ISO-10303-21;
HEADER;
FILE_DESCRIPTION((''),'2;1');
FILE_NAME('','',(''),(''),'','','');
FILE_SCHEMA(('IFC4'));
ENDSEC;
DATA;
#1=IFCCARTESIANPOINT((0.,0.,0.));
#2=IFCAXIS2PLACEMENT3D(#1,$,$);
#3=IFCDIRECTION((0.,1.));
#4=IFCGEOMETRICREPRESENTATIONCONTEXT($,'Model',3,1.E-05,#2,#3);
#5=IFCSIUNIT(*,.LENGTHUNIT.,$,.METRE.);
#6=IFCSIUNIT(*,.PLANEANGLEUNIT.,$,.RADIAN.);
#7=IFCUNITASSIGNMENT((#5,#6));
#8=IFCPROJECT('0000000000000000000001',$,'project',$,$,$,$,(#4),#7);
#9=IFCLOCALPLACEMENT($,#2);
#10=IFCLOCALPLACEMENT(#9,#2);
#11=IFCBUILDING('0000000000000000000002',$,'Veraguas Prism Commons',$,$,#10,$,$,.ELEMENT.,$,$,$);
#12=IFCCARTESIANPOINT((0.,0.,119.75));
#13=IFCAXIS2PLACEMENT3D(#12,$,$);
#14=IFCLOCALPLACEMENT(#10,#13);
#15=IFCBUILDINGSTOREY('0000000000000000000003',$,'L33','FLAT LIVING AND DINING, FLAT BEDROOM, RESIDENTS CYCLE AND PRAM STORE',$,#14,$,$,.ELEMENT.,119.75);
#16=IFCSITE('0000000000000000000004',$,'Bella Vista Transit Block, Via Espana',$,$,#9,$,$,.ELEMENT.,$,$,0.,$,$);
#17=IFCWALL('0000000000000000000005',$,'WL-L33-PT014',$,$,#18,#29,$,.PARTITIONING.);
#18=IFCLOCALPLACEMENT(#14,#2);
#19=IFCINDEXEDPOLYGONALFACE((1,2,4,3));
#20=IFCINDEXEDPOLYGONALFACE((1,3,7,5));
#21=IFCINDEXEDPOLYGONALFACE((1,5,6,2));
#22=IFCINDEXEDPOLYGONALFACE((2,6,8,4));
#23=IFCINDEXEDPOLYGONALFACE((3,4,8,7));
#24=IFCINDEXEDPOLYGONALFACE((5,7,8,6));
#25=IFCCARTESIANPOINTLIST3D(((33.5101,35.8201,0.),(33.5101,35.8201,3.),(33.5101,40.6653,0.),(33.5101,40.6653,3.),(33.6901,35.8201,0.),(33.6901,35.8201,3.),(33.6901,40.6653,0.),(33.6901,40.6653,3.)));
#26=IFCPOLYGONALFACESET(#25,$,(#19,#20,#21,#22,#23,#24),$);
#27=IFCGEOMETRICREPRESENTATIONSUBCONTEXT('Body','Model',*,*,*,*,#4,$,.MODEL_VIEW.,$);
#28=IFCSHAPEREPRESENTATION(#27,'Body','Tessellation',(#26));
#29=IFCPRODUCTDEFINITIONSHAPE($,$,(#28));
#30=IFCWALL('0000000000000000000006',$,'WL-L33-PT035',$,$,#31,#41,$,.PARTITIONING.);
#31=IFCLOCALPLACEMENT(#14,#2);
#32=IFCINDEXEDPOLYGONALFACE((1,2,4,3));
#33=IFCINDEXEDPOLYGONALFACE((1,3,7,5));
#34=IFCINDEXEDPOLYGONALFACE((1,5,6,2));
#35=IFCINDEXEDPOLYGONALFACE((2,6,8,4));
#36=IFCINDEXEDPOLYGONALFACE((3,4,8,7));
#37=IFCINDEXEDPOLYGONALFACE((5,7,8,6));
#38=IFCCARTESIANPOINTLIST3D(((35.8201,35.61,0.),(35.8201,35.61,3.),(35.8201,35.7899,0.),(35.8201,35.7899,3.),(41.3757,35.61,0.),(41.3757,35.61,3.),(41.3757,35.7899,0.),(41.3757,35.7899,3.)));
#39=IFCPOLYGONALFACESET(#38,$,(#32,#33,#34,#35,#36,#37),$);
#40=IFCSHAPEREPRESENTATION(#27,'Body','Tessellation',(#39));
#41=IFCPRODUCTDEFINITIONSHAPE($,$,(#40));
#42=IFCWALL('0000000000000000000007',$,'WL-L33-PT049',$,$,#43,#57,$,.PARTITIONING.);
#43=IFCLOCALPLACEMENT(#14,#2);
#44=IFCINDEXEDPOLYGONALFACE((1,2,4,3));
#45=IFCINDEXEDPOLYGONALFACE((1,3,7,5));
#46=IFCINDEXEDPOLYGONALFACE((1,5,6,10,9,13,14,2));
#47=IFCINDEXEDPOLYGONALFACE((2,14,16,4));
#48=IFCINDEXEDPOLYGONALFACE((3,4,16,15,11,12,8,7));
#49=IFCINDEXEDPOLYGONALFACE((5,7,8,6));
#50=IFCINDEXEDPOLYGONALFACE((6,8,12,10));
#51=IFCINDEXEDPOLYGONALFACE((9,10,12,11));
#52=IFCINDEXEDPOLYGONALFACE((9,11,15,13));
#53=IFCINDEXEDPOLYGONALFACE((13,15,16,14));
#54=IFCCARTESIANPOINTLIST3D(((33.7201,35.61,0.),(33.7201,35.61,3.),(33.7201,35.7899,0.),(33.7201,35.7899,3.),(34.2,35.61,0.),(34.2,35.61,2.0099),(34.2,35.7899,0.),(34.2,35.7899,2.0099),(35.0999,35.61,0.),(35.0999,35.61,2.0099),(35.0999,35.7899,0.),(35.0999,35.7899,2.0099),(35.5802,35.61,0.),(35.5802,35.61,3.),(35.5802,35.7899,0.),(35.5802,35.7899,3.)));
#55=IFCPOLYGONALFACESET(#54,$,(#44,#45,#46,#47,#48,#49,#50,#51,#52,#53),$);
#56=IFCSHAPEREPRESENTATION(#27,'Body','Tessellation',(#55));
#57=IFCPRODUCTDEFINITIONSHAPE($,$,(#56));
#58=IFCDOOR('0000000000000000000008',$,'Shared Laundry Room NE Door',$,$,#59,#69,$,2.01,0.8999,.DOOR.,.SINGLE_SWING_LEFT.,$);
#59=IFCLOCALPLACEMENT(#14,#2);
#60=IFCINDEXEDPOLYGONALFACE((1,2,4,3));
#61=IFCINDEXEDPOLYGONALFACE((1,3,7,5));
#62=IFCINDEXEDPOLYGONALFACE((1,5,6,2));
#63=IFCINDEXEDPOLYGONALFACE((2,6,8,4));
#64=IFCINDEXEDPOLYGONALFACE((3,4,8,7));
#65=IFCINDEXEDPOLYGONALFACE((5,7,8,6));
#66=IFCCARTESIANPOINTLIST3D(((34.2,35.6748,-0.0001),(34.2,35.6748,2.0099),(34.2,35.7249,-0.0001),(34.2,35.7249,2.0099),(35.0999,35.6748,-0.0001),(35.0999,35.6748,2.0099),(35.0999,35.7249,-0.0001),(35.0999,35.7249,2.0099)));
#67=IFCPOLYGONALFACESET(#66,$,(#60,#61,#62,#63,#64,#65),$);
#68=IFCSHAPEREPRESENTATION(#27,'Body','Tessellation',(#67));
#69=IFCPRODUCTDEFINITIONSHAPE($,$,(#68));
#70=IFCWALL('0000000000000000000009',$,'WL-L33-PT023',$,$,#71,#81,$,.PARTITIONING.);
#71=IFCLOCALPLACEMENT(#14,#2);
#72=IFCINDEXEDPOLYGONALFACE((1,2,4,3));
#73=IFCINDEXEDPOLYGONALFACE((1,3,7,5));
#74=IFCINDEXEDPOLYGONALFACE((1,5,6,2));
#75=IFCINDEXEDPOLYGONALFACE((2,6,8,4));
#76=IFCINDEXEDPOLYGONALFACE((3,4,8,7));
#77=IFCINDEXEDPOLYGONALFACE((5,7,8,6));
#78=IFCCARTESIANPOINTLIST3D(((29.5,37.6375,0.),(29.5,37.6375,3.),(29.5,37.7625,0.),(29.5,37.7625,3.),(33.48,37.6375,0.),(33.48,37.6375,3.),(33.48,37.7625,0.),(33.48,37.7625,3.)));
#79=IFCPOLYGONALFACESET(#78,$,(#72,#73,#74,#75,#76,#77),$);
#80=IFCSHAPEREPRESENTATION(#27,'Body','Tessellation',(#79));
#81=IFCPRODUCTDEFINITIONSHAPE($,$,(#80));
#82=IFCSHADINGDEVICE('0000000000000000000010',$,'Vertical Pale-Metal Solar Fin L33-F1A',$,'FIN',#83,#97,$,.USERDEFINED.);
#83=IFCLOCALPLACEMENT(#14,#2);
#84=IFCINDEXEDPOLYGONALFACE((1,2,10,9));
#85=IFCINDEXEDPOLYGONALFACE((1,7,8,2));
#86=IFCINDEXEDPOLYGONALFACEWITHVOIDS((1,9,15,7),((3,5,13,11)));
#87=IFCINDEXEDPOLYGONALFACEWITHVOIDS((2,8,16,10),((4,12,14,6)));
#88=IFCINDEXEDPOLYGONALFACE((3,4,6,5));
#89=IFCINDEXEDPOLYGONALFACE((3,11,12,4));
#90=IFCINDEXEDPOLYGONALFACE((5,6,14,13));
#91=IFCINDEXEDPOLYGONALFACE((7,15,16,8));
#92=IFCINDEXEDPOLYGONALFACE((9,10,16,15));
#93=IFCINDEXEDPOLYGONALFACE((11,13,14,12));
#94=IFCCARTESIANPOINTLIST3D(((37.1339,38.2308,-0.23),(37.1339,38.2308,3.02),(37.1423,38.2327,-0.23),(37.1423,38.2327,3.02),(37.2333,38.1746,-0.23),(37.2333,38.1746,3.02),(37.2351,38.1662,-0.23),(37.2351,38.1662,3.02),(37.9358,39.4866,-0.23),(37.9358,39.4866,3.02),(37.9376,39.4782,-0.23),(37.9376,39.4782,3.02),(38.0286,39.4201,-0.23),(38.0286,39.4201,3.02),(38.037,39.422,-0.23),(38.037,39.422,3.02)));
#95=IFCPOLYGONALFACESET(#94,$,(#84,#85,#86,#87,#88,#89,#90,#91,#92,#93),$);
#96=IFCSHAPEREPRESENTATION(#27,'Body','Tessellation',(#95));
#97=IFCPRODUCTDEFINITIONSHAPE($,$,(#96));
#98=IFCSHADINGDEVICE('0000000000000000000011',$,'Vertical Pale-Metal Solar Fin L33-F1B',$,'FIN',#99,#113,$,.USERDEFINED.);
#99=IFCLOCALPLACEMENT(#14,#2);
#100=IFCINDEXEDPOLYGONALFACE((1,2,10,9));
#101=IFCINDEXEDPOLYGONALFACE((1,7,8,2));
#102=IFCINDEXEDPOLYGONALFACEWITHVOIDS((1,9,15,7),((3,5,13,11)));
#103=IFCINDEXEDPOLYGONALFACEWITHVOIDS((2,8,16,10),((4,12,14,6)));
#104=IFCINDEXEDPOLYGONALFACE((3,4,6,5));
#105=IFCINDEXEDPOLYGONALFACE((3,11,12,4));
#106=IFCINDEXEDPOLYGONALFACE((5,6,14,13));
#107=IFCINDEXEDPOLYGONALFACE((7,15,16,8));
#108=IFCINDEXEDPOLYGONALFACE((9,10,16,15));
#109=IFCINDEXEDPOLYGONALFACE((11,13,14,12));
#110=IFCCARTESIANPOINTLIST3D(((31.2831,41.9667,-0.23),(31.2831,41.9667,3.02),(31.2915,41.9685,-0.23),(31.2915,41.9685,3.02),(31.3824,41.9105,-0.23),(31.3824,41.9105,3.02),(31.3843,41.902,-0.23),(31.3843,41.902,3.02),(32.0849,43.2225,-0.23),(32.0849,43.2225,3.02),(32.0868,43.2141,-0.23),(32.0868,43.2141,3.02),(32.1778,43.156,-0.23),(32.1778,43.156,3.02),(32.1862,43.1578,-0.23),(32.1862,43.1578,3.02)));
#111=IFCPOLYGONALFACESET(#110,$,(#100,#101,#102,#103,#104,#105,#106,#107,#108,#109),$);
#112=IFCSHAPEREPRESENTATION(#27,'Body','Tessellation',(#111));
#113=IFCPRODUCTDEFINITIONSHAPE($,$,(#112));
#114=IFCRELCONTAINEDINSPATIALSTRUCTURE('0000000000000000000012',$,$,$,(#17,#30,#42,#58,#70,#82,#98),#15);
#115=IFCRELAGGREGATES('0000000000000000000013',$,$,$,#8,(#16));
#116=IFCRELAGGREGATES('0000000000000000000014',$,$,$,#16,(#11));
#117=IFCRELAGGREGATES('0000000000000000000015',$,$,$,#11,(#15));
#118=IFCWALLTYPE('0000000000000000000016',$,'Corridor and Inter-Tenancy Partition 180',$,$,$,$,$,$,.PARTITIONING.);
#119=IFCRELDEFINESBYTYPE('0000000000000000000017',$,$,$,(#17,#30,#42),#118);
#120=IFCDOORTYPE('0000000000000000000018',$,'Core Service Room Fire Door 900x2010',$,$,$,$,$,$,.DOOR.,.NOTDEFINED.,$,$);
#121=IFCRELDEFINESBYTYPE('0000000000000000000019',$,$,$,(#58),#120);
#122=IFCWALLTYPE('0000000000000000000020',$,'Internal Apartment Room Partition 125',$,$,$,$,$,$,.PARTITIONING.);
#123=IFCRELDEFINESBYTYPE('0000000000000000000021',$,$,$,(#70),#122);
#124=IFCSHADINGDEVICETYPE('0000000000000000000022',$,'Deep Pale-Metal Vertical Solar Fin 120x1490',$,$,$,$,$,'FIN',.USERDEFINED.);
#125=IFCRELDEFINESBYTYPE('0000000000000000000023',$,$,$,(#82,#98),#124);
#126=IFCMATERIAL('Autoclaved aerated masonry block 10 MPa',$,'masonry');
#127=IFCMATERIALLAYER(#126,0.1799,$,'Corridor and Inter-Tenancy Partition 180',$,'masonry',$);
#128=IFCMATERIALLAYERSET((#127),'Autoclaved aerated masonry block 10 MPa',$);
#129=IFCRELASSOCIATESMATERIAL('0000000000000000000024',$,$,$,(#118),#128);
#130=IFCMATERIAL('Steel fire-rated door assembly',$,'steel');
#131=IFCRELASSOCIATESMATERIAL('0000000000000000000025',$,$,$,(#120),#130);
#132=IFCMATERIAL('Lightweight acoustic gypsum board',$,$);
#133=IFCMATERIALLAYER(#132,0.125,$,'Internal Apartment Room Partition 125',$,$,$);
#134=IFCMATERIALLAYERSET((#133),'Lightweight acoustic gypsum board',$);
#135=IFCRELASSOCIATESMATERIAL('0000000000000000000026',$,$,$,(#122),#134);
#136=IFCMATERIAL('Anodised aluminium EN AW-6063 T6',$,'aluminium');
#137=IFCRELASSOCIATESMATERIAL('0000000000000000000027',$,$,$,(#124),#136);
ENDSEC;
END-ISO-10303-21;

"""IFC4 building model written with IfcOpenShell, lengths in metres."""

from ifc_helpers import new_model, si_unit, direction, frame, frame_2d, origin, origin_2d, place, context, subcontext, project, spatial, rectangle, hollow_rectangle, extrude, source, transform, mapped, material, layer, layer_set, material_profile, profile_set, type_object, element, fill, save


model = new_model("IFC4")

# Units and contexts
model_context = context("Model", 3, precision=1e-05, world=origin(), true_north=direction((0.0, 1.0)))
body_context = subcontext(model_context, "Body", "Model", "MODEL_VIEW")
ifc_project = project(units=[si_unit("LENGTHUNIT", "METRE"), si_unit("PLANEANGLEUNIT", "RADIAN")], contexts=[model_context])

# Site, building, storey
site_placement = place(None, origin())
site = spatial("IfcSite", under=ifc_project, at=site_placement, Name="Bella Vista Transit Block, Via Espana", CompositionType="ELEMENT", RefElevation=0.0)
building_placement = place(site_placement, origin())
building = spatial("IfcBuilding", under=site, at=building_placement, Name="Veraguas Prism Commons", CompositionType="ELEMENT")
storey_placement = place(building_placement, frame((0.0, 0.0, 119.75)))
storey = spatial("IfcBuildingStorey", under=building, at=storey_placement, Name="L33", Description="FLAT LIVING AND DINING, FLAT BEDROOM, RESIDENTS CYCLE AND PRAM STORE", CompositionType="ELEMENT", Elevation=119.75)

# Shared definitions
ifc_material_1 = material(Name="Anodised aluminium EN AW-6063 T6", Category="aluminium")

# Walls
ifc_material_2 = material(Name="Autoclaved aerated masonry block 10 MPa", Category="masonry")
ifc_layer_1 = layer(ifc_material_2, 0.1799, Name="Corridor and Inter-Tenancy Partition 180", Category="masonry")
ifc_layer_set_1 = layer_set([ifc_layer_1], Name="Autoclaved aerated masonry block 10 MPa")
wall_type_1 = type_object("IfcWallType", Name="Corridor and Inter-Tenancy Partition 180", PredefinedType="PARTITIONING", material=ifc_layer_set_1)
wall_1_placement = place(storey_placement, frame((33.6001, 35.8201, 0.0), z_axis=(0.0, 0.0, 1.0), x_axis=(0.0, 1.0, 0.0)))
element("IfcWall", 1, at=wall_1_placement, inside=storey, type_object=wall_type_1, Name="WL-L33-PT014", PredefinedType="PARTITIONING", context=body_context, shape_type="SweptSolid", body=[
    extrude(rectangle(XDim=4.8452, YDim=0.1799, at=frame_2d((2.4226, 0.0))), origin(), (0.0, 0.0, 1.0), 3.0),
])
wall_2_placement = place(storey_placement, frame((35.8201, 35.7, 0.0), z_axis=(0.0, 0.0, 1.0), x_axis=(1.0, 0.0, 0.0)))
element("IfcWall", 2, at=wall_2_placement, inside=storey, type_object=wall_type_1, Name="WL-L33-PT035", PredefinedType="PARTITIONING", context=body_context, shape_type="SweptSolid", body=[
    extrude(rectangle(XDim=5.5557, YDim=0.1799, at=frame_2d((2.7778, 0.0))), origin(), (0.0, 0.0, 1.0), 3.0),
])

# Wall, opening, door
wall_3_placement = place(storey_placement, frame((33.72, 35.7, 0.0), z_axis=(0.0, 0.0, 1.0), x_axis=(1.0, 0.0, 0.0)))
wall_3 = element("IfcWall", 3, at=wall_3_placement, inside=storey, type_object=wall_type_1, Name="WL-L33-PT049", PredefinedType="PARTITIONING", context=body_context, shape_type="SweptSolid", body=[
    extrude(rectangle(XDim=1.8601, YDim=0.1799, at=frame_2d((0.9302, 0.0))), origin(), (0.0, 0.0, 1.0), 3.0),
])
opening_placement = place(wall_3_placement, frame((0.48, 0.0, 0.0)))
opening = element("IfcOpeningElement", 4, at=opening_placement, cuts=wall_3, PredefinedType="OPENING", context=body_context, shape_type="SweptSolid", body=[
    extrude(rectangle(XDim=0.8999, YDim=2.01, at=frame_2d((0.45, 1.0049))), frame((0.0, 0.0999, 0.0), z_axis=(0.0, -1.0, 0.0), x_axis=(1.0, 0.0, 0.0)), (0.0, 0.0, 1.0), 0.2),
])
ifc_material_3 = material(Name="Steel fire-rated door assembly", Category="steel")
door_type = type_object("IfcDoorType", Name="Core Service Room Fire Door 900x2010", OperationType="NOTDEFINED", PredefinedType="DOOR", material=ifc_material_3)
shared_shape_1 = source(origin(), body_context, "Body", "SweptSolid", [
    extrude(rectangle(XDim=0.8999, YDim=2.01, at=frame_2d((0.45, 1.0049))), frame((0.0, 0.0249, 0.0), z_axis=(0.0, -1.0, 0.0), x_axis=(1.0, 0.0, 0.0)), (0.0, 0.0, 1.0), 0.05),
])
door_placement = place(opening_placement, origin())
door = element("IfcDoor", 5, at=door_placement, inside=storey, type_object=door_type, Name="Shared Laundry Room NE Door", OperationType="SINGLE_SWING_LEFT", OverallHeight=2.01, OverallWidth=0.8999, PredefinedType="DOOR", context=body_context, shape_type="MappedRepresentation", body=[
    mapped(shared_shape_1, transform((0.0, 0.0, 0.0), scale=1.0)),
])
fill(opening, door)

# Wall
ifc_material_4 = material(Name="Lightweight acoustic gypsum board")
ifc_layer_2 = layer(ifc_material_4, 0.125, Name="Internal Apartment Room Partition 125")
ifc_layer_set_2 = layer_set([ifc_layer_2], Name="Lightweight acoustic gypsum board")
wall_type_2 = type_object("IfcWallType", Name="Internal Apartment Room Partition 125", PredefinedType="PARTITIONING", material=ifc_layer_set_2)
wall_4_placement = place(storey_placement, frame((29.5, 37.7, 0.0), z_axis=(0.0, 0.0, 1.0), x_axis=(1.0, 0.0, 0.0)))
element("IfcWall", 6, at=wall_4_placement, inside=storey, type_object=wall_type_2, Name="WL-L33-PT023", PredefinedType="PARTITIONING", context=body_context, shape_type="SweptSolid", body=[
    extrude(rectangle(XDim=3.98, YDim=0.125, at=frame_2d((1.99, 0.0))), origin(), (0.0, 0.0, 1.0), 3.0),
])

# Shading devices
ifc_material_profile_1 = material_profile(ifc_material_1, hollow_rectangle(XDim=0.1201, YDim=1.49, WallThickness=0.0061, at=origin_2d()), Name="FIN120X1490X6")
ifc_profile_set_1 = profile_set([ifc_material_profile_1], Name="Anodised aluminium EN AW-6063 T6")
shading_device_type = type_object("IfcShadingDeviceType", Name="Deep Pale-Metal Vertical Solar Fin 120x1490", ElementType="FIN", PredefinedType="USERDEFINED", material=ifc_profile_set_1)
for number, where, z_axis, x_axis, name in (
    (7, (37.5854, 38.8264, -0.23), (0.0, 0.0, 1.0), (-0.842828, 0.538183, 0.0), "Vertical Pale-Metal Solar Fin L33-F1A"),
    (8, (31.7346, 42.5623, -0.23), (0.0, 0.0, 1.0), (-0.842828, 0.538183, 0.0), "Vertical Pale-Metal Solar Fin L33-F1B"),
):
    element("IfcShadingDevice", number, at=place(storey_placement, frame(where, z_axis=z_axis, x_axis=x_axis)), inside=storey, type_object=shading_device_type, Name=name, ObjectType="FIN", PredefinedType="USERDEFINED", context=body_context, shape_type="SweptSolid", body=[
        extrude(hollow_rectangle(XDim=0.1201, YDim=1.49, WallThickness=0.0061, at=origin_2d()), origin(), (0.0, 0.0, 1.0), 3.25),
    ])

save(model, "model.ifc")
